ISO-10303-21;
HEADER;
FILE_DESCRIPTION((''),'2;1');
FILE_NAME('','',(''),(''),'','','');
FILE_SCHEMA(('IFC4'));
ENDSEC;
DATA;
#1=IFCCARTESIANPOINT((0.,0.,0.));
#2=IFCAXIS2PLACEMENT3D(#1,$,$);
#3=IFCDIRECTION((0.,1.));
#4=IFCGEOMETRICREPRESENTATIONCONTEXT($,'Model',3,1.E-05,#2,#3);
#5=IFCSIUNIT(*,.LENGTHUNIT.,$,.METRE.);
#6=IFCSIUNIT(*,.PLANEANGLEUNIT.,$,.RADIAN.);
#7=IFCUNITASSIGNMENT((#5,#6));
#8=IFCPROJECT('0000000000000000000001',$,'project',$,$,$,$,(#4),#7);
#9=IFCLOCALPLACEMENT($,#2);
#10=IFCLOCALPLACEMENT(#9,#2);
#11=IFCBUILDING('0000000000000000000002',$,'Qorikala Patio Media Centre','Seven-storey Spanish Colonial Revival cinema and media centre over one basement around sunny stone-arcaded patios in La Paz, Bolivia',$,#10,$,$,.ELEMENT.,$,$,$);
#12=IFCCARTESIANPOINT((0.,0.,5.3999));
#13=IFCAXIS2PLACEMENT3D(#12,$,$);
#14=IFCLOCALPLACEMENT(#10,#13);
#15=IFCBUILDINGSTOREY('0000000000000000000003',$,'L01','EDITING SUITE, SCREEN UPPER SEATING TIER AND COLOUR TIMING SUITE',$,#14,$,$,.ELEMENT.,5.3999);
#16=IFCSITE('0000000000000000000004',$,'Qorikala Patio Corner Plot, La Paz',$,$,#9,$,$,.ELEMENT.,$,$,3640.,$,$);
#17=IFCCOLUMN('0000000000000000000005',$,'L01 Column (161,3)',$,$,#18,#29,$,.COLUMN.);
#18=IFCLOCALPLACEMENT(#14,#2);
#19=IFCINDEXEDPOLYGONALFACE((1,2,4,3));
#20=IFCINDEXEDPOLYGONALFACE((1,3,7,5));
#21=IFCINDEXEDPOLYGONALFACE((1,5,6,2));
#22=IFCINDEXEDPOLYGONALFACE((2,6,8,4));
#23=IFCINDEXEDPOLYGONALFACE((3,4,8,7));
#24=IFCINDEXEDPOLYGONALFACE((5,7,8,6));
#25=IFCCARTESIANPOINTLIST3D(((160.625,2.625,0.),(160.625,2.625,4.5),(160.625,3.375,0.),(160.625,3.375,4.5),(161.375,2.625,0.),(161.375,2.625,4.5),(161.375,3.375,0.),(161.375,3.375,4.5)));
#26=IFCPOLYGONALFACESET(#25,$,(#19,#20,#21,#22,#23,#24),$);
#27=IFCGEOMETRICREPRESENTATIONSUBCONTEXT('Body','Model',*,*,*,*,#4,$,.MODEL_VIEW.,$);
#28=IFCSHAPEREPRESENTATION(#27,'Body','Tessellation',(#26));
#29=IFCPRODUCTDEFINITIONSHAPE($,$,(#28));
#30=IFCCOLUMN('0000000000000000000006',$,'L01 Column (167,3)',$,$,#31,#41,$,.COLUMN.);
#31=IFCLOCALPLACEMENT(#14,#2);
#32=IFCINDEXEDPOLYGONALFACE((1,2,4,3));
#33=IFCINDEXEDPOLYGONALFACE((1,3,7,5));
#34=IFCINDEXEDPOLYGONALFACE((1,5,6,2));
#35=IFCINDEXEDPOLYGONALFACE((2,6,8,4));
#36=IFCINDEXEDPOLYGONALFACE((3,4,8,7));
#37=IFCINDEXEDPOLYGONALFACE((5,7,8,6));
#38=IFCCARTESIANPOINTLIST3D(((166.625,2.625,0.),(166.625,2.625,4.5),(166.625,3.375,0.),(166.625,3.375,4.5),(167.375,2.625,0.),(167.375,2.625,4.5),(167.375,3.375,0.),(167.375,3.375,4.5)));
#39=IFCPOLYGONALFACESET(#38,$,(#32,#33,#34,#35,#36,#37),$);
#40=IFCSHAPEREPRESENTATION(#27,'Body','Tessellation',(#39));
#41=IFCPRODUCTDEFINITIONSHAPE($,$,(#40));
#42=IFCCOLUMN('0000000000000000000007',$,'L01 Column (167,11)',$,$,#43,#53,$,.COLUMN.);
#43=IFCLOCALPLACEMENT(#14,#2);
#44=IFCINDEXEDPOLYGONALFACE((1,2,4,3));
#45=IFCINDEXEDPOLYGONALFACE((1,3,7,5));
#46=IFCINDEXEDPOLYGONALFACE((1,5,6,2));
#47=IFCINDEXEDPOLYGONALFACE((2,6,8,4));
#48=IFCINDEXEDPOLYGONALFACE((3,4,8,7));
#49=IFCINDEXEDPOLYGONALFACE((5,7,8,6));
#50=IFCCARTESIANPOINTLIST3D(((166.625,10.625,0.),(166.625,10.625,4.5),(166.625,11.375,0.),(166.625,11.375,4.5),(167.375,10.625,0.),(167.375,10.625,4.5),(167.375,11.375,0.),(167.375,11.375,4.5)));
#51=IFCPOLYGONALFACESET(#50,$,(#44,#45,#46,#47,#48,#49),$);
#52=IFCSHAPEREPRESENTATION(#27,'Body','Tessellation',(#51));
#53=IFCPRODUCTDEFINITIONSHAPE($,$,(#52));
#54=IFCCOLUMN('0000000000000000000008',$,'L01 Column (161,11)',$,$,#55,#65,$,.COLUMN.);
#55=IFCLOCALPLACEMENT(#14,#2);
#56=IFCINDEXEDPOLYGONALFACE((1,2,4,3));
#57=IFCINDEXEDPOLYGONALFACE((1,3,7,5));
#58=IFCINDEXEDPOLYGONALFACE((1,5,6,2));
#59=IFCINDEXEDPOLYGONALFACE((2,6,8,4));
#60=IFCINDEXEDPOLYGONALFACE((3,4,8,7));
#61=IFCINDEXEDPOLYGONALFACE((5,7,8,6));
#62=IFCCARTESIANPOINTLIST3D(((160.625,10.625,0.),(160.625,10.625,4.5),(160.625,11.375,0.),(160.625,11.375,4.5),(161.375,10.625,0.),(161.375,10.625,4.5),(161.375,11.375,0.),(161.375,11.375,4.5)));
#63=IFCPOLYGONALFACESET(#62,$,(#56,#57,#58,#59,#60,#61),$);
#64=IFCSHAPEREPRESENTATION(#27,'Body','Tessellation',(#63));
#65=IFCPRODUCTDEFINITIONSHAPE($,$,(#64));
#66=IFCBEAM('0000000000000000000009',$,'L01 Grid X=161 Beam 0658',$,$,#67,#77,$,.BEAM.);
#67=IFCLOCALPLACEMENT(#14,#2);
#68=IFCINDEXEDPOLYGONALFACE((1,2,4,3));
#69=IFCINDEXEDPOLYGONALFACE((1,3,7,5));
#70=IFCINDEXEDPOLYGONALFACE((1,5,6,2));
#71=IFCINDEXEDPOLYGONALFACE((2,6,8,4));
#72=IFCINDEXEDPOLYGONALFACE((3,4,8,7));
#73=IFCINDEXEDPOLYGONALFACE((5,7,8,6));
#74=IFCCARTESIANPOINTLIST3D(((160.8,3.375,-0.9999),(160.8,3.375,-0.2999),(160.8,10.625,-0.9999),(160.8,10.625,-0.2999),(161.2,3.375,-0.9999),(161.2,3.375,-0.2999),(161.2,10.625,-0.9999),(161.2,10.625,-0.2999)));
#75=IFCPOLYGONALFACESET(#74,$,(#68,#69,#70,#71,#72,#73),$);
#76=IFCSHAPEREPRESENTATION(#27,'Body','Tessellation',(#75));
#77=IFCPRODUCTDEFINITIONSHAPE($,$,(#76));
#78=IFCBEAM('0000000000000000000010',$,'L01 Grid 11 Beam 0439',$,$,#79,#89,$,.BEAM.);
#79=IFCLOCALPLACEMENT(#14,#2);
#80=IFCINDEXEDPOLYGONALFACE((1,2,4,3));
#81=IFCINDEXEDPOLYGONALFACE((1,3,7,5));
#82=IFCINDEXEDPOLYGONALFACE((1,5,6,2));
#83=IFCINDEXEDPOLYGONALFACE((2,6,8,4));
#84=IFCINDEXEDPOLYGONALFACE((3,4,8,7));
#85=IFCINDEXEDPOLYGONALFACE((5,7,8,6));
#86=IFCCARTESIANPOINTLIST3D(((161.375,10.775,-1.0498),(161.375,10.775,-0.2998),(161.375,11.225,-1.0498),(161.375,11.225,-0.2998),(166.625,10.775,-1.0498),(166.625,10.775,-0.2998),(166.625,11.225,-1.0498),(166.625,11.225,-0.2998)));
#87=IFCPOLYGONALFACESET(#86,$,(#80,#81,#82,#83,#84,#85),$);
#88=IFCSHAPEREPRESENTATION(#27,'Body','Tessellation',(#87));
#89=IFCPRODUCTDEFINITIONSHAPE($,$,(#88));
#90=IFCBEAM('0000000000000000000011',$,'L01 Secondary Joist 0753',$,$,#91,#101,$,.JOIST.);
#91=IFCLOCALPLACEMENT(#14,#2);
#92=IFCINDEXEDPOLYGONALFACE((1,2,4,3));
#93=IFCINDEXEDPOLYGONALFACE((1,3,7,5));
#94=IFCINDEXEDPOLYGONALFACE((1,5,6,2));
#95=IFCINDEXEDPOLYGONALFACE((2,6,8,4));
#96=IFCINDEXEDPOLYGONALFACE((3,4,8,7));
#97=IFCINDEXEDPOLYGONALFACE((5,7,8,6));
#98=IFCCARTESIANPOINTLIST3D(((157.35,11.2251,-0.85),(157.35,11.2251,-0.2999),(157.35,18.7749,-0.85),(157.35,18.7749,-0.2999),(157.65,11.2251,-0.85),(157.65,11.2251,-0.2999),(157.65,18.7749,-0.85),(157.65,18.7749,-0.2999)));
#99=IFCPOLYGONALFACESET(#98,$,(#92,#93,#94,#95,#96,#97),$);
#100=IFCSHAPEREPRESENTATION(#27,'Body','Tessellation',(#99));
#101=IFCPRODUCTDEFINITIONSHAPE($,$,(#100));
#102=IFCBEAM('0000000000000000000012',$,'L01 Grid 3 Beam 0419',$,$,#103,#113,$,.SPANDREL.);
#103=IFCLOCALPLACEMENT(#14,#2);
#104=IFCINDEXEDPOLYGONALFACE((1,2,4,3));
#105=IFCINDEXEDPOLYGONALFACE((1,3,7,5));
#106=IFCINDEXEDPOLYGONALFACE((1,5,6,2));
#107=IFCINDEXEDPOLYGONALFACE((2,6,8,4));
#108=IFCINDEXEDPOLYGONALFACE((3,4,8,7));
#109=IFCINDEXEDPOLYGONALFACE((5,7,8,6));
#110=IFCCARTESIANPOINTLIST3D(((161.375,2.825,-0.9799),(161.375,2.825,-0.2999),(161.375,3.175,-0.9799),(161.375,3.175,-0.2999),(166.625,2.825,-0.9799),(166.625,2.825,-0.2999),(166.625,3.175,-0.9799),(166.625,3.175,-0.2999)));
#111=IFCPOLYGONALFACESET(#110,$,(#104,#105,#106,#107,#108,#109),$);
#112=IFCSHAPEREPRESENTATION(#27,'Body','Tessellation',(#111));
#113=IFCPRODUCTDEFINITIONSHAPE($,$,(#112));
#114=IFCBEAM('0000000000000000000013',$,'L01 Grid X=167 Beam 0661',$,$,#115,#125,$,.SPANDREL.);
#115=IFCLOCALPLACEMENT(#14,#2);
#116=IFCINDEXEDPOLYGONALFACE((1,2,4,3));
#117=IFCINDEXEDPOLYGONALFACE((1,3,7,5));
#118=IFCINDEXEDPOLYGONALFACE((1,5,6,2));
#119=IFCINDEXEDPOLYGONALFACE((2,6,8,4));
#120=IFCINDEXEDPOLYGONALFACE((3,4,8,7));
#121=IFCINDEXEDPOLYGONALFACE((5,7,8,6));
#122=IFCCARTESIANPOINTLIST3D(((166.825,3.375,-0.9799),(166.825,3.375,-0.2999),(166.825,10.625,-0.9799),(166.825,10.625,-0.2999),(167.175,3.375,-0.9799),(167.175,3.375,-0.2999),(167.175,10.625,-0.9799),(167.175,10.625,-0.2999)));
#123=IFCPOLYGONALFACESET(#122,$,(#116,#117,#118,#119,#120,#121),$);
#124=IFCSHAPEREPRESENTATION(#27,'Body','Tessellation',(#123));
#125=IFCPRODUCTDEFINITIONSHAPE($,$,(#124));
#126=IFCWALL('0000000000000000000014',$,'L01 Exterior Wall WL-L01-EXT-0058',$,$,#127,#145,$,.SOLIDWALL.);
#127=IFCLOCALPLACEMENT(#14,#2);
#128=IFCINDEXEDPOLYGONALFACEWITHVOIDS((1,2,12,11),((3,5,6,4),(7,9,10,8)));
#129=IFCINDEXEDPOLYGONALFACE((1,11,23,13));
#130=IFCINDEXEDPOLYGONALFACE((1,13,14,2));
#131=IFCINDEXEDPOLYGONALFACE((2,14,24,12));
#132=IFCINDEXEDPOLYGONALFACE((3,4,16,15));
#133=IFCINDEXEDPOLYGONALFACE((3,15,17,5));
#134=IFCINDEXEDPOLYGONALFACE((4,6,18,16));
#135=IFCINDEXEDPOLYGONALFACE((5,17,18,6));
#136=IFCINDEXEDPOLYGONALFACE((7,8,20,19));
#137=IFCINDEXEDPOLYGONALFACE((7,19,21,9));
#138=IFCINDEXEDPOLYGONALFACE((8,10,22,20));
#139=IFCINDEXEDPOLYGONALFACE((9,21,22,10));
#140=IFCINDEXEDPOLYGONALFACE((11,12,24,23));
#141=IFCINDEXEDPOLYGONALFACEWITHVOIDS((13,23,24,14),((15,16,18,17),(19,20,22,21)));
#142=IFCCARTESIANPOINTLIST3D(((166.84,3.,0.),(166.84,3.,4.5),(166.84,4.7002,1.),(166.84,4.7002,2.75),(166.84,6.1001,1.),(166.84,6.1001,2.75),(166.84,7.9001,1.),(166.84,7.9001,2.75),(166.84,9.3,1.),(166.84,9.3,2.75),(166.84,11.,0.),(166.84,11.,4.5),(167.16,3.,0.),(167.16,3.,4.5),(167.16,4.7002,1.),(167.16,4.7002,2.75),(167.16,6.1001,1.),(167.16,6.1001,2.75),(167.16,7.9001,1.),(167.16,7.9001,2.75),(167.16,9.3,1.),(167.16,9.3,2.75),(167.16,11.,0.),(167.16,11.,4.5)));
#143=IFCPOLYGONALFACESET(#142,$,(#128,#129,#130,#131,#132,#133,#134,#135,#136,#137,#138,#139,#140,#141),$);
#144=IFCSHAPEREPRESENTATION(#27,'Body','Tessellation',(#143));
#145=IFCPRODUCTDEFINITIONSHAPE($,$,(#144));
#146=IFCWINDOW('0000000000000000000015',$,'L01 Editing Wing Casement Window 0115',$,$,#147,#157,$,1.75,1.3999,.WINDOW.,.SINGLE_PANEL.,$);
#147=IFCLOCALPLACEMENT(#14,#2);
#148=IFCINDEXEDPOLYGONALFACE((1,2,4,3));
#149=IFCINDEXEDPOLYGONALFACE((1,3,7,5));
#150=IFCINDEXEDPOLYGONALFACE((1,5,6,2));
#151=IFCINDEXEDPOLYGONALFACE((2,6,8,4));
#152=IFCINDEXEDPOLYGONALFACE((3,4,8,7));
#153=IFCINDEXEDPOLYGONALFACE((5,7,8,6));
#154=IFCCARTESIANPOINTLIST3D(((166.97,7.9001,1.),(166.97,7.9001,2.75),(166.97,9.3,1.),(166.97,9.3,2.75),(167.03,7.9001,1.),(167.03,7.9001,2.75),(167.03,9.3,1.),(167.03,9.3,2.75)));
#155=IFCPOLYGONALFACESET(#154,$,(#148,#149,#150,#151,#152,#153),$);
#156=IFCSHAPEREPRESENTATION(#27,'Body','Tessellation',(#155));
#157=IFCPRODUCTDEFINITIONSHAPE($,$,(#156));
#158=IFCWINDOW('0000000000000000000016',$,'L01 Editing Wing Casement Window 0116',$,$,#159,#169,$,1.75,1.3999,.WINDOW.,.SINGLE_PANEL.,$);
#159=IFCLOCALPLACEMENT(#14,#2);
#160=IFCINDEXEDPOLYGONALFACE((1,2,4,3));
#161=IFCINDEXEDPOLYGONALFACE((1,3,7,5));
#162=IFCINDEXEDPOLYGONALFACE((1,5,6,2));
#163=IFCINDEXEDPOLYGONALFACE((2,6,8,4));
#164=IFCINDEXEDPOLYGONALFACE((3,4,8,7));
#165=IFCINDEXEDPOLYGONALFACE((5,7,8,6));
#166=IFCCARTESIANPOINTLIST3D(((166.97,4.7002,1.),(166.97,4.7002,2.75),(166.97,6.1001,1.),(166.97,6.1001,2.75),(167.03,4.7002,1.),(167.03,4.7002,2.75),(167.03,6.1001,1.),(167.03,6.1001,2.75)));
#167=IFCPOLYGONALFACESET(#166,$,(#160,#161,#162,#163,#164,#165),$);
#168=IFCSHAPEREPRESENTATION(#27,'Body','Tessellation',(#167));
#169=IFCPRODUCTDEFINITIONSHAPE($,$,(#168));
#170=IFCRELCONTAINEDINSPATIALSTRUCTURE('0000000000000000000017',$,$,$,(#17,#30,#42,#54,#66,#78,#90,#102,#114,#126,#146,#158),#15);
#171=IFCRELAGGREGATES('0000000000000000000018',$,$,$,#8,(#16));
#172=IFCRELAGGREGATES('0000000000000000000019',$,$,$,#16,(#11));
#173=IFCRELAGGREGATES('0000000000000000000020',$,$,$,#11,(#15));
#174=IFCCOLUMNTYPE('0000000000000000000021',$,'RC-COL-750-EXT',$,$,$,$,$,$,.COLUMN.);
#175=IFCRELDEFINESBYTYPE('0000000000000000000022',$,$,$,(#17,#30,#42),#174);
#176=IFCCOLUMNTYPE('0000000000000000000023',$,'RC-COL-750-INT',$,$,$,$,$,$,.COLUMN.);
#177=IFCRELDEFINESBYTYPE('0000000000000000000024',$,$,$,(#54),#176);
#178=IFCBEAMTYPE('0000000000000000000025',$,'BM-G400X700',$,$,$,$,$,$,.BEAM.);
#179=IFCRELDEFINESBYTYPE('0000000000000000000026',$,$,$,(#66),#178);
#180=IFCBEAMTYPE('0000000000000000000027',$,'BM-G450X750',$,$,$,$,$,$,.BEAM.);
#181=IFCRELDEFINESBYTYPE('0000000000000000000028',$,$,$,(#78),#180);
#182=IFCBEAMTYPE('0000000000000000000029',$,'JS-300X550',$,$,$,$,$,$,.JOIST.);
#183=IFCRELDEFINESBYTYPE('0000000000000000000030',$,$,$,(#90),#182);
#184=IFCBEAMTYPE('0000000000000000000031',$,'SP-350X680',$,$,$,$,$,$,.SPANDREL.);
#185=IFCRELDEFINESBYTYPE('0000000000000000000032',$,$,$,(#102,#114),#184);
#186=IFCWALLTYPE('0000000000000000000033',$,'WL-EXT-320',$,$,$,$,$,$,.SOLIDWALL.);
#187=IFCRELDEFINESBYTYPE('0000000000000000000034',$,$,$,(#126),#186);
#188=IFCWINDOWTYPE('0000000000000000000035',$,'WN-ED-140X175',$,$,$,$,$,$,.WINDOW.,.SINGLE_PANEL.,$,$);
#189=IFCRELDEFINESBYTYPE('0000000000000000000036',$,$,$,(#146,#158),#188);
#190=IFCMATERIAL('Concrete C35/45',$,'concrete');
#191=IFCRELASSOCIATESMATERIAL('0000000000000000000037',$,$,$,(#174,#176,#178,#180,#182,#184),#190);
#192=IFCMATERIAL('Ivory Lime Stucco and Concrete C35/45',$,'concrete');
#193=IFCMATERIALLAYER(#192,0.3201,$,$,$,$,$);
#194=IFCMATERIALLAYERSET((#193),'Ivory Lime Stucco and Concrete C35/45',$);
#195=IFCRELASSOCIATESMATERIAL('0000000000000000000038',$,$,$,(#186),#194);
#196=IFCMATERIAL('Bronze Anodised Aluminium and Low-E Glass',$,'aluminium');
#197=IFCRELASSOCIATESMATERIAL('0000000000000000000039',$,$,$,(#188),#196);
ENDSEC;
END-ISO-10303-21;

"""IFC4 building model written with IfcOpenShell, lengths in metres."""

from ifc_helpers import new_model, si_unit, direction, frame, frame_2d, origin, origin_2d, place, context, subcontext, project, spatial, rectangle, extrude, material, layer, layer_set, material_profile, profile_set, type_object, element, fill, save


model = new_model("IFC4")

# Units and contexts
model_context = context("Model", 3, precision=1e-05, world=origin(), true_north=direction((0.0, 1.0)))
body_context = subcontext(model_context, "Body", "Model", "MODEL_VIEW")
ifc_project = project(units=[si_unit("LENGTHUNIT", "METRE"), si_unit("PLANEANGLEUNIT", "RADIAN")], contexts=[model_context])

# Site, building, storey
site_placement = place(None, origin())
site = spatial("IfcSite", under=ifc_project, at=site_placement, Name="Qorikala Patio Corner Plot, La Paz", CompositionType="ELEMENT", RefElevation=3640.0)
building_placement = place(site_placement, origin())
building = spatial("IfcBuilding", under=site, at=building_placement, Name="Qorikala Patio Media Centre", Description="Seven-storey Spanish Colonial Revival cinema and media centre over one basement around sunny stone-arcaded patios in La Paz, Bolivia", CompositionType="ELEMENT")
storey_placement = place(building_placement, frame((0.0, 0.0, 5.3999)))
storey = spatial("IfcBuildingStorey", under=building, at=storey_placement, Name="L01", Description="EDITING SUITE, SCREEN UPPER SEATING TIER AND COLOUR TIMING SUITE", CompositionType="ELEMENT", Elevation=5.3999)

# Columns
ifc_material_1 = material(Name="Concrete C35/45", Category="concrete")
ifc_material_profile_1 = material_profile(ifc_material_1, rectangle(XDim=0.75, YDim=0.75, at=origin_2d()), Name="RC 750x750")
ifc_profile_set_1 = profile_set([ifc_material_profile_1], Name="Concrete C35/45")
column_type_1 = type_object("IfcColumnType", Name="RC-COL-750-EXT", PredefinedType="COLUMN", material=ifc_profile_set_1)
for number, where, z_axis, x_axis, name in (
    (1, (161.0, 3.0, 0.0), (0.0, 0.0, 1.0), (1.0, 0.0, 0.0), "L01 Column (161,3)"),
    (2, (167.0, 3.0, 0.0), (0.0, 0.0, 1.0), (1.0, 0.0, 0.0), "L01 Column (167,3)"),
    (3, (167.0, 11.0, 0.0), (0.0, 0.0, 1.0), (1.0, 0.0, 0.0), "L01 Column (167,11)"),
):
    element("IfcColumn", number, at=place(storey_placement, frame(where, z_axis=z_axis, x_axis=x_axis)), inside=storey, type_object=column_type_1, Name=name, PredefinedType="COLUMN", context=body_context, shape_type="SweptSolid", body=[
        extrude(rectangle(XDim=0.75, YDim=0.75, at=origin_2d()), origin(), (0.0, 0.0, 1.0), 4.5),
    ])
ifc_material_profile_2 = material_profile(ifc_material_1, rectangle(XDim=0.75, YDim=0.75, at=origin_2d()), Name="RC 750x750")
ifc_profile_set_2 = profile_set([ifc_material_profile_2], Name="Concrete C35/45")
column_type_2 = type_object("IfcColumnType", Name="RC-COL-750-INT", PredefinedType="COLUMN", material=ifc_profile_set_2)
column_placement = place(storey_placement, frame((161.0, 11.0, 0.0), z_axis=(0.0, 0.0, 1.0), x_axis=(1.0, 0.0, 0.0)))
element("IfcColumn", 4, at=column_placement, inside=storey, type_object=column_type_2, Name="L01 Column (161,11)", PredefinedType="COLUMN", context=body_context, shape_type="SweptSolid", body=[
    extrude(rectangle(XDim=0.75, YDim=0.75, at=origin_2d()), origin(), (0.0, 0.0, 1.0), 4.5),
])

# Beams
ifc_material_profile_3 = material_profile(ifc_material_1, rectangle(XDim=0.3999, YDim=0.7, at=origin_2d()), Name="RC 400x700")
ifc_profile_set_3 = profile_set([ifc_material_profile_3], Name="Concrete C35/45")
beam_type_1 = type_object("IfcBeamType", Name="BM-G400X700", PredefinedType="BEAM", material=ifc_profile_set_3)
beam_1_placement = place(storey_placement, frame((161.0, 3.375, -0.6499), z_axis=(0.0, 1.0, 0.0), x_axis=(-1.0, 0.0, 0.0)))
element("IfcBeam", 5, at=beam_1_placement, inside=storey, type_object=beam_type_1, Name="L01 Grid X=161 Beam 0658", PredefinedType="BEAM", context=body_context, shape_type="SweptSolid", body=[
    extrude(rectangle(XDim=0.3999, YDim=0.7, at=origin_2d()), origin(), (0.0, 0.0, 1.0), 7.25),
])
ifc_material_profile_4 = material_profile(ifc_material_1, rectangle(XDim=0.45, YDim=0.75, at=origin_2d()), Name="RC 450x750")
ifc_profile_set_4 = profile_set([ifc_material_profile_4], Name="Concrete C35/45")
beam_type_2 = type_object("IfcBeamType", Name="BM-G450X750", PredefinedType="BEAM", material=ifc_profile_set_4)
beam_2_placement = place(storey_placement, frame((161.375, 11.0, -0.6748), z_axis=(1.0, 0.0, 0.0), x_axis=(0.0, 1.0, 0.0)))
element("IfcBeam", 6, at=beam_2_placement, inside=storey, type_object=beam_type_2, Name="L01 Grid 11 Beam 0439", PredefinedType="BEAM", context=body_context, shape_type="SweptSolid", body=[
    extrude(rectangle(XDim=0.45, YDim=0.75, at=origin_2d()), origin(), (0.0, 0.0, 1.0), 5.25),
])
ifc_material_profile_5 = material_profile(ifc_material_1, rectangle(XDim=0.3, YDim=0.55, at=origin_2d()), Name="RC 300x550")
ifc_profile_set_5 = profile_set([ifc_material_profile_5], Name="Concrete C35/45")
beam_type_3 = type_object("IfcBeamType", Name="JS-300X550", PredefinedType="JOIST", material=ifc_profile_set_5)
beam_3_placement = place(storey_placement, frame((157.5, 11.2251, -0.575), z_axis=(0.0, 1.0, 0.0), x_axis=(-1.0, 0.0, 0.0)))
element("IfcBeam", 7, at=beam_3_placement, inside=storey, type_object=beam_type_3, Name="L01 Secondary Joist 0753", PredefinedType="JOIST", context=body_context, shape_type="SweptSolid", body=[
    extrude(rectangle(XDim=0.3, YDim=0.55, at=origin_2d()), origin(), (0.0, 0.0, 1.0), 7.5498),
])
ifc_material_profile_6 = material_profile(ifc_material_1, rectangle(XDim=0.3501, YDim=0.6799, at=origin_2d()), Name="RC 350x680")
ifc_profile_set_6 = profile_set([ifc_material_profile_6], Name="Concrete C35/45")
beam_type_4 = type_object("IfcBeamType", Name="SP-350X680", PredefinedType="SPANDREL", material=ifc_profile_set_6)
beam_4_placement = place(storey_placement, frame((161.375, 3.0, -0.6399), z_axis=(1.0, 0.0, 0.0), x_axis=(0.0, 1.0, 0.0)))
element("IfcBeam", 8, at=beam_4_placement, inside=storey, type_object=beam_type_4, Name="L01 Grid 3 Beam 0419", PredefinedType="SPANDREL", context=body_context, shape_type="SweptSolid", body=[
    extrude(rectangle(XDim=0.3501, YDim=0.6799, at=origin_2d()), origin(), (0.0, 0.0, 1.0), 5.25),
])
beam_5_placement = place(storey_placement, frame((167.0, 3.375, -0.6399), z_axis=(0.0, 1.0, 0.0), x_axis=(-1.0, 0.0, 0.0)))
element("IfcBeam", 9, at=beam_5_placement, inside=storey, type_object=beam_type_4, Name="L01 Grid X=167 Beam 0661", PredefinedType="SPANDREL", context=body_context, shape_type="SweptSolid", body=[
    extrude(rectangle(XDim=0.3501, YDim=0.6799, at=origin_2d()), origin(), (0.0, 0.0, 1.0), 7.25),
])

# Wall, openings, windows
ifc_material_2 = material(Name="Ivory Lime Stucco and Concrete C35/45", Category="concrete")
ifc_layer_1 = layer(ifc_material_2, 0.3201)
ifc_layer_set_1 = layer_set([ifc_layer_1], Name="Ivory Lime Stucco and Concrete C35/45")
wall_type_1 = type_object("IfcWallType", Name="WL-EXT-320", PredefinedType="SOLIDWALL", material=ifc_layer_set_1)
wall_1_placement = place(storey_placement, frame((167.0, 11.0, 0.0), z_axis=(0.0, 0.0, 1.0), x_axis=(0.0, -1.0, 0.0)))
wall_1 = element("IfcWall", 10, at=wall_1_placement, inside=storey, type_object=wall_type_1, Name="L01 Exterior Wall WL-L01-EXT-0058", PredefinedType="SOLIDWALL", context=body_context, shape_type="SweptSolid", body=[
    extrude(rectangle(XDim=8.0, YDim=0.3201, at=frame_2d((4.0, 0.0))), origin(), (0.0, 0.0, 1.0), 4.5),
])
opening_1_placement = place(wall_1_placement, frame((1.7, 0.0, 1.0)))
opening_1 = element("IfcOpeningElement", 11, at=opening_1_placement, cuts=wall_1, PredefinedType="OPENING", context=body_context, shape_type="SweptSolid", body=[
    extrude(rectangle(XDim=1.3999, YDim=1.75, at=frame_2d((0.7, 0.875))), frame((0.0, 0.1699, 0.0), z_axis=(0.0, -1.0, 0.0), x_axis=(1.0, 0.0, 0.0)), (0.0, 0.0, 1.0), 0.3401),
])
opening_2_placement = place(wall_1_placement, frame((4.8999, 0.0, 1.0)))
opening_2 = element("IfcOpeningElement", 12, at=opening_2_placement, cuts=wall_1, PredefinedType="OPENING", context=body_context, shape_type="SweptSolid", body=[
    extrude(rectangle(XDim=1.3999, YDim=1.75, at=frame_2d((0.7, 0.875))), frame((0.0, 0.1699, 0.0), z_axis=(0.0, -1.0, 0.0), x_axis=(1.0, 0.0, 0.0)), (0.0, 0.0, 1.0), 0.3401),
])
ifc_material_3 = material(Name="Bronze Anodised Aluminium and Low-E Glass", Category="aluminium")
window_type_1 = type_object("IfcWindowType", Name="WN-ED-140X175", PartitioningType="SINGLE_PANEL", PredefinedType="WINDOW", material=ifc_material_3)
window_1_placement = place(opening_1_placement, origin())
window_1 = element("IfcWindow", 13, at=window_1_placement, inside=storey, type_object=window_type_1, Name="L01 Editing Wing Casement Window 0115", OverallHeight=1.75, OverallWidth=1.3999, PartitioningType="SINGLE_PANEL", PredefinedType="WINDOW", context=body_context, shape_type="SweptSolid", body=[
    extrude(rectangle(XDim=1.3999, YDim=1.75, at=frame_2d((0.7, 0.875))), frame((0.0, 0.03, 0.0), z_axis=(0.0, -1.0, 0.0), x_axis=(1.0, 0.0, 0.0)), (0.0, 0.0, 1.0), 0.0601),
])
fill(opening_1, window_1)
window_2_placement = place(opening_2_placement, origin())
window_2 = element("IfcWindow", 14, at=window_2_placement, inside=storey, type_object=window_type_1, Name="L01 Editing Wing Casement Window 0116", OverallHeight=1.75, OverallWidth=1.3999, PartitioningType="SINGLE_PANEL", PredefinedType="WINDOW", context=body_context, shape_type="SweptSolid", body=[
    extrude(rectangle(XDim=1.3999, YDim=1.75, at=frame_2d((0.7, 0.875))), frame((0.0, 0.03, 0.0), z_axis=(0.0, -1.0, 0.0), x_axis=(1.0, 0.0, 0.0)), (0.0, 0.0, 1.0), 0.0601),
])
fill(opening_2, window_2)

save(model, "model.ifc")
